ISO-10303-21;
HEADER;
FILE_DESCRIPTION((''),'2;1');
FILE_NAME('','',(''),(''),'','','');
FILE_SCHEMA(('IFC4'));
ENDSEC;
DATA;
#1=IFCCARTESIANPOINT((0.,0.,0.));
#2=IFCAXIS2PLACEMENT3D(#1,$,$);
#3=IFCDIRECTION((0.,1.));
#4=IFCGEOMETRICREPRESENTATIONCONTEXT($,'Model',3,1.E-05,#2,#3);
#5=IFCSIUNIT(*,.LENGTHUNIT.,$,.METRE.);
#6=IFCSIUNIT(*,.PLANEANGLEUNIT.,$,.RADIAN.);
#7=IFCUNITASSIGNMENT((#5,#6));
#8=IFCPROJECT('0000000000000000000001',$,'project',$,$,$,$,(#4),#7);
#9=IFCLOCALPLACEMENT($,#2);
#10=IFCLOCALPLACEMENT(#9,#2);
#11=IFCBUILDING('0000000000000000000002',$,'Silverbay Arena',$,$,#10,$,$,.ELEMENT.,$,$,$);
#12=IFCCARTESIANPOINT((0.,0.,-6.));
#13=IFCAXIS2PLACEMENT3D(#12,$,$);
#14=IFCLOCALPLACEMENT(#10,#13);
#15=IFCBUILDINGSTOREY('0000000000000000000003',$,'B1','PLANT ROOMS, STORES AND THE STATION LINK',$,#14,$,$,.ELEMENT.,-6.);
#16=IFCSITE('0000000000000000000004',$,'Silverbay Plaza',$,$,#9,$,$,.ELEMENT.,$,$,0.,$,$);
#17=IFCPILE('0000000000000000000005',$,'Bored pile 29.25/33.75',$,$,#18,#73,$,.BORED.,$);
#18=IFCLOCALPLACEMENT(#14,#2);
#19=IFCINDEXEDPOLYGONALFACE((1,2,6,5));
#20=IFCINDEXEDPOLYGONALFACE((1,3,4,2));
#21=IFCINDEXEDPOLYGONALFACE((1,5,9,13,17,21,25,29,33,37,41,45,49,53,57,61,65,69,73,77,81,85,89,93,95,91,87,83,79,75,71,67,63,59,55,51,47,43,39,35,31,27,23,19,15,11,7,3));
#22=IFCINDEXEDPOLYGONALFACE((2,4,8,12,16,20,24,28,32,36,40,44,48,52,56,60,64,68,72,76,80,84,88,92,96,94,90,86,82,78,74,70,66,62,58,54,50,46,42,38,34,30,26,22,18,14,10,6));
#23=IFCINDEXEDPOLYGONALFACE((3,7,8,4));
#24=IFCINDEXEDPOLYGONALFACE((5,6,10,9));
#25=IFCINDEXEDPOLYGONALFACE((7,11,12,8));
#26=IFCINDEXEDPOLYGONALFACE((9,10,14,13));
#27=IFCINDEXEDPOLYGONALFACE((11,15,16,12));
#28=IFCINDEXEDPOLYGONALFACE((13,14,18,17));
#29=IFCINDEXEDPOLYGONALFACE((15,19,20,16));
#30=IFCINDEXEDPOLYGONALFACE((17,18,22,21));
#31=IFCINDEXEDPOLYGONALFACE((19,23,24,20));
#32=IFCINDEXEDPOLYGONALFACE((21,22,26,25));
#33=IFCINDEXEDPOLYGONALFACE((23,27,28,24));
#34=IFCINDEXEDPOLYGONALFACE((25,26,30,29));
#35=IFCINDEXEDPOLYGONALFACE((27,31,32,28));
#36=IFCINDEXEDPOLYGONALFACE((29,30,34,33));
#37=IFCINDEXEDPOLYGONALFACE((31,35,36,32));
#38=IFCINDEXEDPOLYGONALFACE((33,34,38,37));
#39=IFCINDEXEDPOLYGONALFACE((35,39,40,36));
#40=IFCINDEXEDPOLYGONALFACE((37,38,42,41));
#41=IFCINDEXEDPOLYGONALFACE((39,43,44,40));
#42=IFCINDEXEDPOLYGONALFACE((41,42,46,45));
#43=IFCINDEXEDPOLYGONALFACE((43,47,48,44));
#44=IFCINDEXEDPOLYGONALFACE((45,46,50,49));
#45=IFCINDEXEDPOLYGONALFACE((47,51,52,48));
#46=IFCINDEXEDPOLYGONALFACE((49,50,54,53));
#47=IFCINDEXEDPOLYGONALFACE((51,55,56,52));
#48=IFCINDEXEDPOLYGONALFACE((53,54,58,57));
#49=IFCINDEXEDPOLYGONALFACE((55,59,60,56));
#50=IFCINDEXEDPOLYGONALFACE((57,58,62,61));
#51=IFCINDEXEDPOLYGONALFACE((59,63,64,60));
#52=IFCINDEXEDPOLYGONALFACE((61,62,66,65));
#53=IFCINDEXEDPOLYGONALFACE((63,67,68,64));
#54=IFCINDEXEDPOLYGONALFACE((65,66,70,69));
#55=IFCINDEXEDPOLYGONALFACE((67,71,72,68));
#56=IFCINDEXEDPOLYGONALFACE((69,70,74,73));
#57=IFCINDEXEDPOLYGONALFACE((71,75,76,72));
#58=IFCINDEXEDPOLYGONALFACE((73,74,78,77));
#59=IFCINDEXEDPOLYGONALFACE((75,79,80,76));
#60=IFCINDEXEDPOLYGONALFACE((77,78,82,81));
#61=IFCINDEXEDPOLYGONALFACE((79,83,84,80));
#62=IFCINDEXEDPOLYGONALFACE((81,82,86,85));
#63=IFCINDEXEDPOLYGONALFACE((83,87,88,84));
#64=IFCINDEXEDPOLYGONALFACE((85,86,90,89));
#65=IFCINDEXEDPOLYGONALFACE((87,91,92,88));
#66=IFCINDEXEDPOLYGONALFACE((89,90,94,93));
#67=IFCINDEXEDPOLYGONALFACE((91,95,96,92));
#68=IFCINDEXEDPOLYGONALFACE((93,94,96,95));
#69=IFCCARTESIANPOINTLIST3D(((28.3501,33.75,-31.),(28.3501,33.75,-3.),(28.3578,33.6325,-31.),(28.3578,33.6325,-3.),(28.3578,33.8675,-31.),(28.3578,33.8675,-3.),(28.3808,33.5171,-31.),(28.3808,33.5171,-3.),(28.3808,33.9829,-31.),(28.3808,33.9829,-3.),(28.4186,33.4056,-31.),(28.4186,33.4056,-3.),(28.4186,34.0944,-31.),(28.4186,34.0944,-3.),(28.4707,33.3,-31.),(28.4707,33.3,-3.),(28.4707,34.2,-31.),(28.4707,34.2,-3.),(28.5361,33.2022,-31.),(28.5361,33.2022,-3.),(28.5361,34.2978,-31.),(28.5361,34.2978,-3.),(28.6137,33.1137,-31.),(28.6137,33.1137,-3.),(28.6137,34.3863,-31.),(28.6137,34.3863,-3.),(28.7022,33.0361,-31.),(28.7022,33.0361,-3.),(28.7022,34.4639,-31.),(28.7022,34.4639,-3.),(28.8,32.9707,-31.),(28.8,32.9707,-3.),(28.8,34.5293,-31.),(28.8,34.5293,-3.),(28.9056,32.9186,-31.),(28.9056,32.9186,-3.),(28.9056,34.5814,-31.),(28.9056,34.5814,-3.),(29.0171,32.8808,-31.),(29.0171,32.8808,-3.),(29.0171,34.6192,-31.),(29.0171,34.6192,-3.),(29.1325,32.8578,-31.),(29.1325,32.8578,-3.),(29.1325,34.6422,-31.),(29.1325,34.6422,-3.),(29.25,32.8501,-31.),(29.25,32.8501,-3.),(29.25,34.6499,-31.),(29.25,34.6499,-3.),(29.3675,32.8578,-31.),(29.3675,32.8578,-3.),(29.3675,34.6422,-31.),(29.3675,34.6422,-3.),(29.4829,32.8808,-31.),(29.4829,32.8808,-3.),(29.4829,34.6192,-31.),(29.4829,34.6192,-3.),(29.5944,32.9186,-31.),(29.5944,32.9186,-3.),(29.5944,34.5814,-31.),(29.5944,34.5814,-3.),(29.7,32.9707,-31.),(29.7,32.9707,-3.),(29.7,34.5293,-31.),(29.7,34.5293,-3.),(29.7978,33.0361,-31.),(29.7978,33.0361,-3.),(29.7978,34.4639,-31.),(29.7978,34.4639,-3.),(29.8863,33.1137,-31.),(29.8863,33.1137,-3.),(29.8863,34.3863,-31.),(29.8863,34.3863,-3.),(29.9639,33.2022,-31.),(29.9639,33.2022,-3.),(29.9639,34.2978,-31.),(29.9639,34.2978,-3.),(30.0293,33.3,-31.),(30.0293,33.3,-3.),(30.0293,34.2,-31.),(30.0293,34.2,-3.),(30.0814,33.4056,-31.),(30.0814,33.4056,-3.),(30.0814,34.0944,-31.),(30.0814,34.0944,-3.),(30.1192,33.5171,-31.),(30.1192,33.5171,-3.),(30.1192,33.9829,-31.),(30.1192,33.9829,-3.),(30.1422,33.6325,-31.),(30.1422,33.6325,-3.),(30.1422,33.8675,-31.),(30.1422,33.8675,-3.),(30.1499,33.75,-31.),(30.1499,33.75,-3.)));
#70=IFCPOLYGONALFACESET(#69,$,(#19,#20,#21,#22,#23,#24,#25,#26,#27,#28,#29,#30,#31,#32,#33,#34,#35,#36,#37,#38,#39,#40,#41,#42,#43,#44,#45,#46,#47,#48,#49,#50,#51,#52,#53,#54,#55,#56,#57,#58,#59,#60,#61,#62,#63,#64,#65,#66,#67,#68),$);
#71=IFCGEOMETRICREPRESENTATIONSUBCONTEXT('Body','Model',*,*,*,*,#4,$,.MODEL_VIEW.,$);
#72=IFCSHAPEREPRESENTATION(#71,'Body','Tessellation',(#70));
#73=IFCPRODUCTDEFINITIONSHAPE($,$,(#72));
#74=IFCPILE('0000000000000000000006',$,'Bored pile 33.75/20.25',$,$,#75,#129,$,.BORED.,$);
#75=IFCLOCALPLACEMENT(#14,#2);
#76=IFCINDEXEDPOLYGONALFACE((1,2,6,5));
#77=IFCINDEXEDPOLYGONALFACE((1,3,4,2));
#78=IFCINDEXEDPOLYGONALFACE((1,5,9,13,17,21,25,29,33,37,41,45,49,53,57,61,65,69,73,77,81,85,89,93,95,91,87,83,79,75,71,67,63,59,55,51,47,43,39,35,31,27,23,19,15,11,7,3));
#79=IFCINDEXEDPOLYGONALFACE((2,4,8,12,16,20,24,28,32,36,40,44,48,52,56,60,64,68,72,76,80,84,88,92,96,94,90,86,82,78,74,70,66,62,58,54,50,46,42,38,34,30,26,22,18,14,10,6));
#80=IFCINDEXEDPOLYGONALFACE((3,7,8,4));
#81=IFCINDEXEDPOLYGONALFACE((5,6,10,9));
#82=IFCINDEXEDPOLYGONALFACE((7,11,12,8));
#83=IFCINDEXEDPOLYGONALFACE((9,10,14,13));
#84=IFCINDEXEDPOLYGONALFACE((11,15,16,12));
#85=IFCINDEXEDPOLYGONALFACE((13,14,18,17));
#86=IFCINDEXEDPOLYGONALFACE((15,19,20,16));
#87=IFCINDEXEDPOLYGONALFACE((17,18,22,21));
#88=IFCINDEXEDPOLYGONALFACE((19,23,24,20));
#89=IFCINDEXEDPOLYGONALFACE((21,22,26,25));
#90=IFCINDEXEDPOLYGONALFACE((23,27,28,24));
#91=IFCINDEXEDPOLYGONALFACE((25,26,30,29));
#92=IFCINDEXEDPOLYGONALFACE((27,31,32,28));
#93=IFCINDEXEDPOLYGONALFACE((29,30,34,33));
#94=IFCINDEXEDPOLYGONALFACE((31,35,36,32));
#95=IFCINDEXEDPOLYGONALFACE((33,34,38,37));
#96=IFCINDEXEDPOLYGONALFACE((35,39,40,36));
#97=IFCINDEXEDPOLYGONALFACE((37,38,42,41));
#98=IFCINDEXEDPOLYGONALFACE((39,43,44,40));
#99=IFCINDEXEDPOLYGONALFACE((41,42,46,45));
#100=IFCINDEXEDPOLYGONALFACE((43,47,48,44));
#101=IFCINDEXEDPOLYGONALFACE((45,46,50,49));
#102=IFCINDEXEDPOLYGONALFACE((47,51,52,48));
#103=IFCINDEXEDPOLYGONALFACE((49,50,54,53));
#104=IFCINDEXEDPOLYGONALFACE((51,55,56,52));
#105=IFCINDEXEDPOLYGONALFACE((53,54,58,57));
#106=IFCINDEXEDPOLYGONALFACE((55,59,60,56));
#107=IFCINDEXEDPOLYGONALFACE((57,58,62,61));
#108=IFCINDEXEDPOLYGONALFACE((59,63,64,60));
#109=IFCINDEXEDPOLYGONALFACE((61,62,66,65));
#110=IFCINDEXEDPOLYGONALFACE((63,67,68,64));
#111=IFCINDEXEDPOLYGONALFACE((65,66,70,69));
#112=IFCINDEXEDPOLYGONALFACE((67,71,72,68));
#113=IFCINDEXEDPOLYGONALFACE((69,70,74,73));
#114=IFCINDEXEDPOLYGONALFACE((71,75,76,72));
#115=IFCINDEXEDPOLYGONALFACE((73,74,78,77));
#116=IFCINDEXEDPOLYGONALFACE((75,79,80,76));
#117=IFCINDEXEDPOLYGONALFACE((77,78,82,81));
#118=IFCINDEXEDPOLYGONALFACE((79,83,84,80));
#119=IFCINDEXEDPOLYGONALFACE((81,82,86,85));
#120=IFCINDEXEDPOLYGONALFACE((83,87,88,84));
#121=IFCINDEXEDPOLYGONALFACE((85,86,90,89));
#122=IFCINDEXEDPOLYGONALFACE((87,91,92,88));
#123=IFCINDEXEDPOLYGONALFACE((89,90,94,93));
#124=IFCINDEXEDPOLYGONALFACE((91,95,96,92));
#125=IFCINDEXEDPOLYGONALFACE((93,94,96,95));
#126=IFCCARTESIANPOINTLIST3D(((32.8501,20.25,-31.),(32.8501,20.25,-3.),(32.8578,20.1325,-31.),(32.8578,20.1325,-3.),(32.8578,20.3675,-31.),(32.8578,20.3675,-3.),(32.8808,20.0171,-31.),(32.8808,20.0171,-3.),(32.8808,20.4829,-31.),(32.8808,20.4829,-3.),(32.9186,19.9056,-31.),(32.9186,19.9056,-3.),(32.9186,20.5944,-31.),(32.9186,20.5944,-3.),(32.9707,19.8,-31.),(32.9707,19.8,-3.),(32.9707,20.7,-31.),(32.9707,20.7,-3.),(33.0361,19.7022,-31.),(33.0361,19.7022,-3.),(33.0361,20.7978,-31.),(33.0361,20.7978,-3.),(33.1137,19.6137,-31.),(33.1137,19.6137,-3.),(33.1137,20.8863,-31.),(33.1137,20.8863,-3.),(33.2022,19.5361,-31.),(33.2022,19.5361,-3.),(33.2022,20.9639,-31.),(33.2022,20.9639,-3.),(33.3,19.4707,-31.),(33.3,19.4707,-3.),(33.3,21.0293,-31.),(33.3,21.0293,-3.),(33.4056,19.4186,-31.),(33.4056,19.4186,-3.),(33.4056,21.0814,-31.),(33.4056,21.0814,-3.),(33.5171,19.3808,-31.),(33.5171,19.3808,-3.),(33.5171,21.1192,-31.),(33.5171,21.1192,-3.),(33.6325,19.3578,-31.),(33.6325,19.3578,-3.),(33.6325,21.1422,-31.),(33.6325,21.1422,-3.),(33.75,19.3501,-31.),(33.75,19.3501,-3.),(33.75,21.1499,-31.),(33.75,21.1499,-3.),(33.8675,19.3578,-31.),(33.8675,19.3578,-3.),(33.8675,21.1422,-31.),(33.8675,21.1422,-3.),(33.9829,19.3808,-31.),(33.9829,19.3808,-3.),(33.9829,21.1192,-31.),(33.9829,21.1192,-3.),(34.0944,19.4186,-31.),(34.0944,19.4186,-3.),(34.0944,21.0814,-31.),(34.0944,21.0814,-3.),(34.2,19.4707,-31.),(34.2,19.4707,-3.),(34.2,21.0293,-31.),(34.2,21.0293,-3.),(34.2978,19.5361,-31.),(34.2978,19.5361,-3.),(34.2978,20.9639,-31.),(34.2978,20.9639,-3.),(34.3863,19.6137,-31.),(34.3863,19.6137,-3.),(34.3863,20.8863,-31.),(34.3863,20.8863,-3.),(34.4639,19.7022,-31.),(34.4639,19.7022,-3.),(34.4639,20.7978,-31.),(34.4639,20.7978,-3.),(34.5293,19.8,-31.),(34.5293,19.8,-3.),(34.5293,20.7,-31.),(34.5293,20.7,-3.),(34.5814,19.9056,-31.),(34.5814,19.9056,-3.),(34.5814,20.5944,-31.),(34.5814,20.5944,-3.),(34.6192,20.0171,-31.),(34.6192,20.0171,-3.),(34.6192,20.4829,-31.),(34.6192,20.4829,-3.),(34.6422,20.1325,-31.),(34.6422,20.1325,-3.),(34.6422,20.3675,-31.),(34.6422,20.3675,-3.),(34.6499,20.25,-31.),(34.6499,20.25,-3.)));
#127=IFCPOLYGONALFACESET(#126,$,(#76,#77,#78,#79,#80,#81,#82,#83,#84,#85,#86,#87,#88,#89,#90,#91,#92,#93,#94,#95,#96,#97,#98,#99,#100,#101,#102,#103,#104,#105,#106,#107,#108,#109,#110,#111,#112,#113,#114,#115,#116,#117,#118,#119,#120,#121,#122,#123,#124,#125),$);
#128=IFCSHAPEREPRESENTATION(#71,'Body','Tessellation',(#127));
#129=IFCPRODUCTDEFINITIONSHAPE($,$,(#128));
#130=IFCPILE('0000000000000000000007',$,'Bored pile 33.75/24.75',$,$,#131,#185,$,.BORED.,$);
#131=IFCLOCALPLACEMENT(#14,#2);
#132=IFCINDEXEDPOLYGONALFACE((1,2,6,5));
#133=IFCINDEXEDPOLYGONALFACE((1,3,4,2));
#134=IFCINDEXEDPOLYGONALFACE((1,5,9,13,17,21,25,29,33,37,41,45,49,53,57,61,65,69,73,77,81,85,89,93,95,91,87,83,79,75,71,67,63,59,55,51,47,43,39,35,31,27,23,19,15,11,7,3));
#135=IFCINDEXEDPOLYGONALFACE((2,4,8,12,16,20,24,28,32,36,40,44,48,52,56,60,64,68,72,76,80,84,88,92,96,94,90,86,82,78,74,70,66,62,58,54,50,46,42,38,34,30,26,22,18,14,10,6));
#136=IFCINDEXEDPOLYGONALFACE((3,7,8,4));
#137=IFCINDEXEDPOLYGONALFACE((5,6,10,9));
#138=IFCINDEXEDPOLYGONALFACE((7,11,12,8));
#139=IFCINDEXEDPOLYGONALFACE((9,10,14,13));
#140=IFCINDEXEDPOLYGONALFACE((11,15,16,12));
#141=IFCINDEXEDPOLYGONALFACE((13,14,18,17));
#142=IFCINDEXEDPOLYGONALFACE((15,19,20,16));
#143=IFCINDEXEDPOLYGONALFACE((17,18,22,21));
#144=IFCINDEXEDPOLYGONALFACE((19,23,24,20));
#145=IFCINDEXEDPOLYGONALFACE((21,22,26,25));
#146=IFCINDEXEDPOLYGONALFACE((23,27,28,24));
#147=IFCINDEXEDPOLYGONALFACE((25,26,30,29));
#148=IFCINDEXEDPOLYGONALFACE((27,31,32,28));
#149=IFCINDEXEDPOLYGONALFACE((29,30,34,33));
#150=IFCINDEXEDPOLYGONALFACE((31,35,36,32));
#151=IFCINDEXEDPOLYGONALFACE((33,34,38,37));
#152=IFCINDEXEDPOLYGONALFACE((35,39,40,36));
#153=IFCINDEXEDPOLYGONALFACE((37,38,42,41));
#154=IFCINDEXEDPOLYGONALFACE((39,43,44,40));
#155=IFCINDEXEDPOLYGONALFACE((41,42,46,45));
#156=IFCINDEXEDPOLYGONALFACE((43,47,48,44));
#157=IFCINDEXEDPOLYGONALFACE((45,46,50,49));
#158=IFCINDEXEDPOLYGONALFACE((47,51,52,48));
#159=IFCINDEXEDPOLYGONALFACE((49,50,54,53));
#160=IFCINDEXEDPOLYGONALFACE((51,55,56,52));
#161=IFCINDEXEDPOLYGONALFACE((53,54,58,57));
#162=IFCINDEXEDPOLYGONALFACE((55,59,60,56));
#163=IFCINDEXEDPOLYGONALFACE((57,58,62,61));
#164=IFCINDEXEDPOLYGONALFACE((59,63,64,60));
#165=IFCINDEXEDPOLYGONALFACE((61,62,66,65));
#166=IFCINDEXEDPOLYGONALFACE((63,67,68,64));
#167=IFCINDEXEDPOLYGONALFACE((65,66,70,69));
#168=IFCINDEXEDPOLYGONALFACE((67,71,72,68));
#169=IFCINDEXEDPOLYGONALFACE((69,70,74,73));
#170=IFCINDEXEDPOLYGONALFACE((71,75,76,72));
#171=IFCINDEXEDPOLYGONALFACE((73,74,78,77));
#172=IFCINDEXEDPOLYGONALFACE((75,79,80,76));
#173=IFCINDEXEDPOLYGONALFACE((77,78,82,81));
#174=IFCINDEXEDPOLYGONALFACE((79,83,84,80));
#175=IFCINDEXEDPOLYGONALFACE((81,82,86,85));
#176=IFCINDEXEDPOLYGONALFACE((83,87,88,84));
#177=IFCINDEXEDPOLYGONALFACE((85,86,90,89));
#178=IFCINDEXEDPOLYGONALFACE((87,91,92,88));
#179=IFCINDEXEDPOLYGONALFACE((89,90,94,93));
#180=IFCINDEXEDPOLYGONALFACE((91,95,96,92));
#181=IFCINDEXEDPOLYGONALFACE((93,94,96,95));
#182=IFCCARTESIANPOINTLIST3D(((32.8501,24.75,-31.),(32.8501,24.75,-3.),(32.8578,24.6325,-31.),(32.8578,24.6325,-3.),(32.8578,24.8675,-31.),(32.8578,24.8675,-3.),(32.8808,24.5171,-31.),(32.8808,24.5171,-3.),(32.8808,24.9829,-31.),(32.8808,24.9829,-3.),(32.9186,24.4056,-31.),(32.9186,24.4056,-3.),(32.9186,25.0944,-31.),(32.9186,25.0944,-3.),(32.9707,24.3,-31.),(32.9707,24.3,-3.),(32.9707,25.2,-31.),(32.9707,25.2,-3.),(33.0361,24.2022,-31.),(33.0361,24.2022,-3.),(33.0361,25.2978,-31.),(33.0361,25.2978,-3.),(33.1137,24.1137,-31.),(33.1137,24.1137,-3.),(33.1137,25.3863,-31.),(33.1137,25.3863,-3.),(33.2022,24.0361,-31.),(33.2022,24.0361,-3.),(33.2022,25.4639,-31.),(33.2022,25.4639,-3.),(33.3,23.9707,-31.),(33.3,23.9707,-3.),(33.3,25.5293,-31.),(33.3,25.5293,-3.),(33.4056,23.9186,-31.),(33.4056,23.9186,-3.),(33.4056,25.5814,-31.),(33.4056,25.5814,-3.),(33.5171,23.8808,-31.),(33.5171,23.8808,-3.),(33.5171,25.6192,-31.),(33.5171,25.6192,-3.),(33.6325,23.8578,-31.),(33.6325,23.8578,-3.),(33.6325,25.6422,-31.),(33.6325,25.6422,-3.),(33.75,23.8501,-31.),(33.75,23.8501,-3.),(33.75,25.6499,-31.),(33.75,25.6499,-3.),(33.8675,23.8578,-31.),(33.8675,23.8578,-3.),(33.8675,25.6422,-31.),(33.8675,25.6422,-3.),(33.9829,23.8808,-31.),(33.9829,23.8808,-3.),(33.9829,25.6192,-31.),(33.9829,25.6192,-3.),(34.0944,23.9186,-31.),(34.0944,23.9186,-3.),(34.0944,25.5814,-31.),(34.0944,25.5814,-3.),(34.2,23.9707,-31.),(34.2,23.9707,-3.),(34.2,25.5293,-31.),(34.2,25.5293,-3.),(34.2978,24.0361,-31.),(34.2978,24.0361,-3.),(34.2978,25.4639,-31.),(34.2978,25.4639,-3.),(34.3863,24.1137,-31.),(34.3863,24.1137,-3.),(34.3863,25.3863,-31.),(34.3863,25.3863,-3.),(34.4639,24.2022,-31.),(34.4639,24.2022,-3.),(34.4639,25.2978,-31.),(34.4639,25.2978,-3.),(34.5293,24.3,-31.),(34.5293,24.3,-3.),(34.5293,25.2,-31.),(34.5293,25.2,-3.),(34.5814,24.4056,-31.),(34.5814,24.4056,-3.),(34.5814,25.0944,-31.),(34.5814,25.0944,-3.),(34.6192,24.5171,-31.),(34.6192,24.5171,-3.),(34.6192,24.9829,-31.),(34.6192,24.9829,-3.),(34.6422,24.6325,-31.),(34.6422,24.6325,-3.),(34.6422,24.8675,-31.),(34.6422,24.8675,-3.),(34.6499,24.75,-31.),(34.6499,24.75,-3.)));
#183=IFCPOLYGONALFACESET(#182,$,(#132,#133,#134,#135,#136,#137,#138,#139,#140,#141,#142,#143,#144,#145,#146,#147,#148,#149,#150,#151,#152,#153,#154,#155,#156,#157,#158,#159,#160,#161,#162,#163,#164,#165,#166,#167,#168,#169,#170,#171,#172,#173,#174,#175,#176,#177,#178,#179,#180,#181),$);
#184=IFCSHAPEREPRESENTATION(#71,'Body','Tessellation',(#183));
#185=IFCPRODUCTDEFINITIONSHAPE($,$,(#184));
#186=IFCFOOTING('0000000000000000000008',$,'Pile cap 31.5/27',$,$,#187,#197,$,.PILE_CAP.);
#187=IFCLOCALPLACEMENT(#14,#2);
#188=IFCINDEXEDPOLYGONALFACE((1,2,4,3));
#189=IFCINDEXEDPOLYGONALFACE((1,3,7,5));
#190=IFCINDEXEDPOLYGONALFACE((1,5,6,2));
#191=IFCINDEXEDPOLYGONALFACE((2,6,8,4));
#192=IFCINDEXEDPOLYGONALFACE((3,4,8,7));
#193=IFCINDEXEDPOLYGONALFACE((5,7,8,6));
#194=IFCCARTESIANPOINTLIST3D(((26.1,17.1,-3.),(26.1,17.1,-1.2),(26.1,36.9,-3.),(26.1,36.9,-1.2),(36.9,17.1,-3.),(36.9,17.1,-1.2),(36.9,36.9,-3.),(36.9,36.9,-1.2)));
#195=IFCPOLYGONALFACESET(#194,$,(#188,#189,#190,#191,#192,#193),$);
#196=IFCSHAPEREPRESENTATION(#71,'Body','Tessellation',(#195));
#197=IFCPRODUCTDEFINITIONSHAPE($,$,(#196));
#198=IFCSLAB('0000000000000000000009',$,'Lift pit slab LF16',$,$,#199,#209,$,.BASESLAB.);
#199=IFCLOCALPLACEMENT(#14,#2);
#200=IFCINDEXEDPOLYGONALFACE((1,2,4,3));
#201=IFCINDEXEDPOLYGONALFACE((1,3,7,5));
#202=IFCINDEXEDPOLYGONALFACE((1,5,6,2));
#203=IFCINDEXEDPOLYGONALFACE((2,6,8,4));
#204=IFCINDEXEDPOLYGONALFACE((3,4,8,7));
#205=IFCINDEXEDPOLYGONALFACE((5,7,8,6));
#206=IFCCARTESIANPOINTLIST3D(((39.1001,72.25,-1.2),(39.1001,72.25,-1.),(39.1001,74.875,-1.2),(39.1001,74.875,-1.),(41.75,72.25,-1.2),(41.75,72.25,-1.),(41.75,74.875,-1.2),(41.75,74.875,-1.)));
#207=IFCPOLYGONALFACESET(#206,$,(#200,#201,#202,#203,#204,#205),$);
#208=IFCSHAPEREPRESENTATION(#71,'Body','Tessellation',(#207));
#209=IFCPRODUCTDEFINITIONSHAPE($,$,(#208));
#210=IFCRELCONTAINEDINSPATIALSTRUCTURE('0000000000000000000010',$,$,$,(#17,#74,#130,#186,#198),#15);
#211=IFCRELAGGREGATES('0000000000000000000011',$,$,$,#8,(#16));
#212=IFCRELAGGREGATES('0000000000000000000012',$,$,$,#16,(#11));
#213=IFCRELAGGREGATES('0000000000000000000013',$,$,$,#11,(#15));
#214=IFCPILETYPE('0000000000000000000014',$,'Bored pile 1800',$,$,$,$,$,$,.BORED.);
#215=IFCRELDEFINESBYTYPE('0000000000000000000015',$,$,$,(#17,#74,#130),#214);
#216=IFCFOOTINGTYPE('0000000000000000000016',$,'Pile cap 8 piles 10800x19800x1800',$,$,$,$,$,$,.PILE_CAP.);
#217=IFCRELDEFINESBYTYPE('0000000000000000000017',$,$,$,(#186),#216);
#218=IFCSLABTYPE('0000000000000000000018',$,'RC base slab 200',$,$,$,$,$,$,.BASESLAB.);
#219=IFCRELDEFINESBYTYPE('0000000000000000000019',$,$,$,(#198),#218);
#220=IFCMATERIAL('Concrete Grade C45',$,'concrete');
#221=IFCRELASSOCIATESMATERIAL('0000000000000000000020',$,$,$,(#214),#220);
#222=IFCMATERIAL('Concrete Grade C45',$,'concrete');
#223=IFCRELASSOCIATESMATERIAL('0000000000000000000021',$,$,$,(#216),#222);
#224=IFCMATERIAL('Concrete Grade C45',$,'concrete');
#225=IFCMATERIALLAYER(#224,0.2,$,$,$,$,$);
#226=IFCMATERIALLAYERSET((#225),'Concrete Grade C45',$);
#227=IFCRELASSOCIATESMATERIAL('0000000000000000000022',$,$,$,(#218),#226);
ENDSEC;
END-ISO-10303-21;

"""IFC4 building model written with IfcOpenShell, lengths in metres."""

from ifc_helpers import new_model, si_unit, direction, frame, origin, origin_2d, place, context, subcontext, project, spatial, polyline, rectangle, circle, outline, extrude, material, layer, layer_set, material_profile, profile_set, type_object, element, save


model = new_model("IFC4")

# Units and contexts
model_context = context("Model", 3, precision=1e-05, world=origin(), true_north=direction((0.0, 1.0)))
body_context = subcontext(model_context, "Body", "Model", "MODEL_VIEW")
ifc_project = project(units=[si_unit("LENGTHUNIT", "METRE"), si_unit("PLANEANGLEUNIT", "RADIAN")], contexts=[model_context])

# Site, building, storey
site_placement = place(None, origin())
site = spatial("IfcSite", under=ifc_project, at=site_placement, Name="Silverbay Plaza", CompositionType="ELEMENT", RefElevation=0.0)
building_placement = place(site_placement, origin())
building = spatial("IfcBuilding", under=site, at=building_placement, Name="Silverbay Arena", CompositionType="ELEMENT")
storey_placement = place(building_placement, frame((0.0, 0.0, -6.0)))
storey = spatial("IfcBuildingStorey", under=building, at=storey_placement, Name="B1", Description="PLANT ROOMS, STORES AND THE STATION LINK", CompositionType="ELEMENT", Elevation=-6.0)

# Piles
ifc_material_1 = material(Name="Concrete Grade C45", Category="concrete")
ifc_material_profile = material_profile(ifc_material_1, circle(Radius=0.8999, at=origin_2d()), Name="Bored pile 1800")
ifc_profile_set = profile_set([ifc_material_profile], Name="Concrete Grade C45")
pile_type = type_object("IfcPileType", Name="Bored pile 1800", PredefinedType="BORED", material=ifc_profile_set)
for number, where, z_axis, x_axis, name in (
    (1, (29.25, 33.75, -3.0), (0.0, 0.0, -1.0), (1.0, 0.0, 0.0), "Bored pile 29.25/33.75"),
    (2, (33.75, 20.25, -3.0), (0.0, 0.0, -1.0), (1.0, 0.0, 0.0), "Bored pile 33.75/20.25"),
    (3, (33.75, 24.75, -3.0), (0.0, 0.0, -1.0), (1.0, 0.0, 0.0), "Bored pile 33.75/24.75"),
):
    element("IfcPile", number, at=place(storey_placement, frame(where, z_axis=z_axis, x_axis=x_axis)), inside=storey, type_object=pile_type, Name=name, PredefinedType="BORED", context=body_context, shape_type="SweptSolid", body=[
        extrude(circle(Radius=0.8999, at=origin_2d()), origin(), (0.0, 0.0, 1.0), 28.0),
    ])

# Footing
ifc_material_2 = material(Name="Concrete Grade C45", Category="concrete")
footing_type = type_object("IfcFootingType", Name="Pile cap 8 piles 10800x19800x1800", PredefinedType="PILE_CAP", material=ifc_material_2)
footing_placement = place(storey_placement, frame((31.5, 27.0, -3.0), z_axis=(0.0, 0.0, 1.0), x_axis=(1.0, 0.0, 0.0)))
element("IfcFooting", 4, at=footing_placement, inside=storey, type_object=footing_type, Name="Pile cap 31.5/27", PredefinedType="PILE_CAP", context=body_context, shape_type="SweptSolid", body=[
    extrude(rectangle(XDim=10.8, YDim=19.8, at=origin_2d()), origin(), (0.0, 0.0, 1.0), 1.8),
])

# Slab
ifc_material_3 = material(Name="Concrete Grade C45", Category="concrete")
ifc_layer_1 = layer(ifc_material_3, 0.2)
ifc_layer_set_1 = layer_set([ifc_layer_1], Name="Concrete Grade C45")
slab_type = type_object("IfcSlabType", Name="RC base slab 200", PredefinedType="BASESLAB", material=ifc_layer_set_1)
slab_1_placement = place(storey_placement, frame((0.0, 0.0, -1.2)))
element("IfcSlab", 5, at=slab_1_placement, inside=storey, type_object=slab_type, Name="Lift pit slab LF16", PredefinedType="BASESLAB", context=body_context, shape_type="SweptSolid", body=[
    extrude(outline(polyline([(39.1001, 72.25), (41.75, 72.25), (41.75, 74.875), (39.1001, 74.875), (39.1001, 72.25)])), origin(), (0.0, 0.0, 1.0), 0.2),
])

save(model, "model.ifc")
